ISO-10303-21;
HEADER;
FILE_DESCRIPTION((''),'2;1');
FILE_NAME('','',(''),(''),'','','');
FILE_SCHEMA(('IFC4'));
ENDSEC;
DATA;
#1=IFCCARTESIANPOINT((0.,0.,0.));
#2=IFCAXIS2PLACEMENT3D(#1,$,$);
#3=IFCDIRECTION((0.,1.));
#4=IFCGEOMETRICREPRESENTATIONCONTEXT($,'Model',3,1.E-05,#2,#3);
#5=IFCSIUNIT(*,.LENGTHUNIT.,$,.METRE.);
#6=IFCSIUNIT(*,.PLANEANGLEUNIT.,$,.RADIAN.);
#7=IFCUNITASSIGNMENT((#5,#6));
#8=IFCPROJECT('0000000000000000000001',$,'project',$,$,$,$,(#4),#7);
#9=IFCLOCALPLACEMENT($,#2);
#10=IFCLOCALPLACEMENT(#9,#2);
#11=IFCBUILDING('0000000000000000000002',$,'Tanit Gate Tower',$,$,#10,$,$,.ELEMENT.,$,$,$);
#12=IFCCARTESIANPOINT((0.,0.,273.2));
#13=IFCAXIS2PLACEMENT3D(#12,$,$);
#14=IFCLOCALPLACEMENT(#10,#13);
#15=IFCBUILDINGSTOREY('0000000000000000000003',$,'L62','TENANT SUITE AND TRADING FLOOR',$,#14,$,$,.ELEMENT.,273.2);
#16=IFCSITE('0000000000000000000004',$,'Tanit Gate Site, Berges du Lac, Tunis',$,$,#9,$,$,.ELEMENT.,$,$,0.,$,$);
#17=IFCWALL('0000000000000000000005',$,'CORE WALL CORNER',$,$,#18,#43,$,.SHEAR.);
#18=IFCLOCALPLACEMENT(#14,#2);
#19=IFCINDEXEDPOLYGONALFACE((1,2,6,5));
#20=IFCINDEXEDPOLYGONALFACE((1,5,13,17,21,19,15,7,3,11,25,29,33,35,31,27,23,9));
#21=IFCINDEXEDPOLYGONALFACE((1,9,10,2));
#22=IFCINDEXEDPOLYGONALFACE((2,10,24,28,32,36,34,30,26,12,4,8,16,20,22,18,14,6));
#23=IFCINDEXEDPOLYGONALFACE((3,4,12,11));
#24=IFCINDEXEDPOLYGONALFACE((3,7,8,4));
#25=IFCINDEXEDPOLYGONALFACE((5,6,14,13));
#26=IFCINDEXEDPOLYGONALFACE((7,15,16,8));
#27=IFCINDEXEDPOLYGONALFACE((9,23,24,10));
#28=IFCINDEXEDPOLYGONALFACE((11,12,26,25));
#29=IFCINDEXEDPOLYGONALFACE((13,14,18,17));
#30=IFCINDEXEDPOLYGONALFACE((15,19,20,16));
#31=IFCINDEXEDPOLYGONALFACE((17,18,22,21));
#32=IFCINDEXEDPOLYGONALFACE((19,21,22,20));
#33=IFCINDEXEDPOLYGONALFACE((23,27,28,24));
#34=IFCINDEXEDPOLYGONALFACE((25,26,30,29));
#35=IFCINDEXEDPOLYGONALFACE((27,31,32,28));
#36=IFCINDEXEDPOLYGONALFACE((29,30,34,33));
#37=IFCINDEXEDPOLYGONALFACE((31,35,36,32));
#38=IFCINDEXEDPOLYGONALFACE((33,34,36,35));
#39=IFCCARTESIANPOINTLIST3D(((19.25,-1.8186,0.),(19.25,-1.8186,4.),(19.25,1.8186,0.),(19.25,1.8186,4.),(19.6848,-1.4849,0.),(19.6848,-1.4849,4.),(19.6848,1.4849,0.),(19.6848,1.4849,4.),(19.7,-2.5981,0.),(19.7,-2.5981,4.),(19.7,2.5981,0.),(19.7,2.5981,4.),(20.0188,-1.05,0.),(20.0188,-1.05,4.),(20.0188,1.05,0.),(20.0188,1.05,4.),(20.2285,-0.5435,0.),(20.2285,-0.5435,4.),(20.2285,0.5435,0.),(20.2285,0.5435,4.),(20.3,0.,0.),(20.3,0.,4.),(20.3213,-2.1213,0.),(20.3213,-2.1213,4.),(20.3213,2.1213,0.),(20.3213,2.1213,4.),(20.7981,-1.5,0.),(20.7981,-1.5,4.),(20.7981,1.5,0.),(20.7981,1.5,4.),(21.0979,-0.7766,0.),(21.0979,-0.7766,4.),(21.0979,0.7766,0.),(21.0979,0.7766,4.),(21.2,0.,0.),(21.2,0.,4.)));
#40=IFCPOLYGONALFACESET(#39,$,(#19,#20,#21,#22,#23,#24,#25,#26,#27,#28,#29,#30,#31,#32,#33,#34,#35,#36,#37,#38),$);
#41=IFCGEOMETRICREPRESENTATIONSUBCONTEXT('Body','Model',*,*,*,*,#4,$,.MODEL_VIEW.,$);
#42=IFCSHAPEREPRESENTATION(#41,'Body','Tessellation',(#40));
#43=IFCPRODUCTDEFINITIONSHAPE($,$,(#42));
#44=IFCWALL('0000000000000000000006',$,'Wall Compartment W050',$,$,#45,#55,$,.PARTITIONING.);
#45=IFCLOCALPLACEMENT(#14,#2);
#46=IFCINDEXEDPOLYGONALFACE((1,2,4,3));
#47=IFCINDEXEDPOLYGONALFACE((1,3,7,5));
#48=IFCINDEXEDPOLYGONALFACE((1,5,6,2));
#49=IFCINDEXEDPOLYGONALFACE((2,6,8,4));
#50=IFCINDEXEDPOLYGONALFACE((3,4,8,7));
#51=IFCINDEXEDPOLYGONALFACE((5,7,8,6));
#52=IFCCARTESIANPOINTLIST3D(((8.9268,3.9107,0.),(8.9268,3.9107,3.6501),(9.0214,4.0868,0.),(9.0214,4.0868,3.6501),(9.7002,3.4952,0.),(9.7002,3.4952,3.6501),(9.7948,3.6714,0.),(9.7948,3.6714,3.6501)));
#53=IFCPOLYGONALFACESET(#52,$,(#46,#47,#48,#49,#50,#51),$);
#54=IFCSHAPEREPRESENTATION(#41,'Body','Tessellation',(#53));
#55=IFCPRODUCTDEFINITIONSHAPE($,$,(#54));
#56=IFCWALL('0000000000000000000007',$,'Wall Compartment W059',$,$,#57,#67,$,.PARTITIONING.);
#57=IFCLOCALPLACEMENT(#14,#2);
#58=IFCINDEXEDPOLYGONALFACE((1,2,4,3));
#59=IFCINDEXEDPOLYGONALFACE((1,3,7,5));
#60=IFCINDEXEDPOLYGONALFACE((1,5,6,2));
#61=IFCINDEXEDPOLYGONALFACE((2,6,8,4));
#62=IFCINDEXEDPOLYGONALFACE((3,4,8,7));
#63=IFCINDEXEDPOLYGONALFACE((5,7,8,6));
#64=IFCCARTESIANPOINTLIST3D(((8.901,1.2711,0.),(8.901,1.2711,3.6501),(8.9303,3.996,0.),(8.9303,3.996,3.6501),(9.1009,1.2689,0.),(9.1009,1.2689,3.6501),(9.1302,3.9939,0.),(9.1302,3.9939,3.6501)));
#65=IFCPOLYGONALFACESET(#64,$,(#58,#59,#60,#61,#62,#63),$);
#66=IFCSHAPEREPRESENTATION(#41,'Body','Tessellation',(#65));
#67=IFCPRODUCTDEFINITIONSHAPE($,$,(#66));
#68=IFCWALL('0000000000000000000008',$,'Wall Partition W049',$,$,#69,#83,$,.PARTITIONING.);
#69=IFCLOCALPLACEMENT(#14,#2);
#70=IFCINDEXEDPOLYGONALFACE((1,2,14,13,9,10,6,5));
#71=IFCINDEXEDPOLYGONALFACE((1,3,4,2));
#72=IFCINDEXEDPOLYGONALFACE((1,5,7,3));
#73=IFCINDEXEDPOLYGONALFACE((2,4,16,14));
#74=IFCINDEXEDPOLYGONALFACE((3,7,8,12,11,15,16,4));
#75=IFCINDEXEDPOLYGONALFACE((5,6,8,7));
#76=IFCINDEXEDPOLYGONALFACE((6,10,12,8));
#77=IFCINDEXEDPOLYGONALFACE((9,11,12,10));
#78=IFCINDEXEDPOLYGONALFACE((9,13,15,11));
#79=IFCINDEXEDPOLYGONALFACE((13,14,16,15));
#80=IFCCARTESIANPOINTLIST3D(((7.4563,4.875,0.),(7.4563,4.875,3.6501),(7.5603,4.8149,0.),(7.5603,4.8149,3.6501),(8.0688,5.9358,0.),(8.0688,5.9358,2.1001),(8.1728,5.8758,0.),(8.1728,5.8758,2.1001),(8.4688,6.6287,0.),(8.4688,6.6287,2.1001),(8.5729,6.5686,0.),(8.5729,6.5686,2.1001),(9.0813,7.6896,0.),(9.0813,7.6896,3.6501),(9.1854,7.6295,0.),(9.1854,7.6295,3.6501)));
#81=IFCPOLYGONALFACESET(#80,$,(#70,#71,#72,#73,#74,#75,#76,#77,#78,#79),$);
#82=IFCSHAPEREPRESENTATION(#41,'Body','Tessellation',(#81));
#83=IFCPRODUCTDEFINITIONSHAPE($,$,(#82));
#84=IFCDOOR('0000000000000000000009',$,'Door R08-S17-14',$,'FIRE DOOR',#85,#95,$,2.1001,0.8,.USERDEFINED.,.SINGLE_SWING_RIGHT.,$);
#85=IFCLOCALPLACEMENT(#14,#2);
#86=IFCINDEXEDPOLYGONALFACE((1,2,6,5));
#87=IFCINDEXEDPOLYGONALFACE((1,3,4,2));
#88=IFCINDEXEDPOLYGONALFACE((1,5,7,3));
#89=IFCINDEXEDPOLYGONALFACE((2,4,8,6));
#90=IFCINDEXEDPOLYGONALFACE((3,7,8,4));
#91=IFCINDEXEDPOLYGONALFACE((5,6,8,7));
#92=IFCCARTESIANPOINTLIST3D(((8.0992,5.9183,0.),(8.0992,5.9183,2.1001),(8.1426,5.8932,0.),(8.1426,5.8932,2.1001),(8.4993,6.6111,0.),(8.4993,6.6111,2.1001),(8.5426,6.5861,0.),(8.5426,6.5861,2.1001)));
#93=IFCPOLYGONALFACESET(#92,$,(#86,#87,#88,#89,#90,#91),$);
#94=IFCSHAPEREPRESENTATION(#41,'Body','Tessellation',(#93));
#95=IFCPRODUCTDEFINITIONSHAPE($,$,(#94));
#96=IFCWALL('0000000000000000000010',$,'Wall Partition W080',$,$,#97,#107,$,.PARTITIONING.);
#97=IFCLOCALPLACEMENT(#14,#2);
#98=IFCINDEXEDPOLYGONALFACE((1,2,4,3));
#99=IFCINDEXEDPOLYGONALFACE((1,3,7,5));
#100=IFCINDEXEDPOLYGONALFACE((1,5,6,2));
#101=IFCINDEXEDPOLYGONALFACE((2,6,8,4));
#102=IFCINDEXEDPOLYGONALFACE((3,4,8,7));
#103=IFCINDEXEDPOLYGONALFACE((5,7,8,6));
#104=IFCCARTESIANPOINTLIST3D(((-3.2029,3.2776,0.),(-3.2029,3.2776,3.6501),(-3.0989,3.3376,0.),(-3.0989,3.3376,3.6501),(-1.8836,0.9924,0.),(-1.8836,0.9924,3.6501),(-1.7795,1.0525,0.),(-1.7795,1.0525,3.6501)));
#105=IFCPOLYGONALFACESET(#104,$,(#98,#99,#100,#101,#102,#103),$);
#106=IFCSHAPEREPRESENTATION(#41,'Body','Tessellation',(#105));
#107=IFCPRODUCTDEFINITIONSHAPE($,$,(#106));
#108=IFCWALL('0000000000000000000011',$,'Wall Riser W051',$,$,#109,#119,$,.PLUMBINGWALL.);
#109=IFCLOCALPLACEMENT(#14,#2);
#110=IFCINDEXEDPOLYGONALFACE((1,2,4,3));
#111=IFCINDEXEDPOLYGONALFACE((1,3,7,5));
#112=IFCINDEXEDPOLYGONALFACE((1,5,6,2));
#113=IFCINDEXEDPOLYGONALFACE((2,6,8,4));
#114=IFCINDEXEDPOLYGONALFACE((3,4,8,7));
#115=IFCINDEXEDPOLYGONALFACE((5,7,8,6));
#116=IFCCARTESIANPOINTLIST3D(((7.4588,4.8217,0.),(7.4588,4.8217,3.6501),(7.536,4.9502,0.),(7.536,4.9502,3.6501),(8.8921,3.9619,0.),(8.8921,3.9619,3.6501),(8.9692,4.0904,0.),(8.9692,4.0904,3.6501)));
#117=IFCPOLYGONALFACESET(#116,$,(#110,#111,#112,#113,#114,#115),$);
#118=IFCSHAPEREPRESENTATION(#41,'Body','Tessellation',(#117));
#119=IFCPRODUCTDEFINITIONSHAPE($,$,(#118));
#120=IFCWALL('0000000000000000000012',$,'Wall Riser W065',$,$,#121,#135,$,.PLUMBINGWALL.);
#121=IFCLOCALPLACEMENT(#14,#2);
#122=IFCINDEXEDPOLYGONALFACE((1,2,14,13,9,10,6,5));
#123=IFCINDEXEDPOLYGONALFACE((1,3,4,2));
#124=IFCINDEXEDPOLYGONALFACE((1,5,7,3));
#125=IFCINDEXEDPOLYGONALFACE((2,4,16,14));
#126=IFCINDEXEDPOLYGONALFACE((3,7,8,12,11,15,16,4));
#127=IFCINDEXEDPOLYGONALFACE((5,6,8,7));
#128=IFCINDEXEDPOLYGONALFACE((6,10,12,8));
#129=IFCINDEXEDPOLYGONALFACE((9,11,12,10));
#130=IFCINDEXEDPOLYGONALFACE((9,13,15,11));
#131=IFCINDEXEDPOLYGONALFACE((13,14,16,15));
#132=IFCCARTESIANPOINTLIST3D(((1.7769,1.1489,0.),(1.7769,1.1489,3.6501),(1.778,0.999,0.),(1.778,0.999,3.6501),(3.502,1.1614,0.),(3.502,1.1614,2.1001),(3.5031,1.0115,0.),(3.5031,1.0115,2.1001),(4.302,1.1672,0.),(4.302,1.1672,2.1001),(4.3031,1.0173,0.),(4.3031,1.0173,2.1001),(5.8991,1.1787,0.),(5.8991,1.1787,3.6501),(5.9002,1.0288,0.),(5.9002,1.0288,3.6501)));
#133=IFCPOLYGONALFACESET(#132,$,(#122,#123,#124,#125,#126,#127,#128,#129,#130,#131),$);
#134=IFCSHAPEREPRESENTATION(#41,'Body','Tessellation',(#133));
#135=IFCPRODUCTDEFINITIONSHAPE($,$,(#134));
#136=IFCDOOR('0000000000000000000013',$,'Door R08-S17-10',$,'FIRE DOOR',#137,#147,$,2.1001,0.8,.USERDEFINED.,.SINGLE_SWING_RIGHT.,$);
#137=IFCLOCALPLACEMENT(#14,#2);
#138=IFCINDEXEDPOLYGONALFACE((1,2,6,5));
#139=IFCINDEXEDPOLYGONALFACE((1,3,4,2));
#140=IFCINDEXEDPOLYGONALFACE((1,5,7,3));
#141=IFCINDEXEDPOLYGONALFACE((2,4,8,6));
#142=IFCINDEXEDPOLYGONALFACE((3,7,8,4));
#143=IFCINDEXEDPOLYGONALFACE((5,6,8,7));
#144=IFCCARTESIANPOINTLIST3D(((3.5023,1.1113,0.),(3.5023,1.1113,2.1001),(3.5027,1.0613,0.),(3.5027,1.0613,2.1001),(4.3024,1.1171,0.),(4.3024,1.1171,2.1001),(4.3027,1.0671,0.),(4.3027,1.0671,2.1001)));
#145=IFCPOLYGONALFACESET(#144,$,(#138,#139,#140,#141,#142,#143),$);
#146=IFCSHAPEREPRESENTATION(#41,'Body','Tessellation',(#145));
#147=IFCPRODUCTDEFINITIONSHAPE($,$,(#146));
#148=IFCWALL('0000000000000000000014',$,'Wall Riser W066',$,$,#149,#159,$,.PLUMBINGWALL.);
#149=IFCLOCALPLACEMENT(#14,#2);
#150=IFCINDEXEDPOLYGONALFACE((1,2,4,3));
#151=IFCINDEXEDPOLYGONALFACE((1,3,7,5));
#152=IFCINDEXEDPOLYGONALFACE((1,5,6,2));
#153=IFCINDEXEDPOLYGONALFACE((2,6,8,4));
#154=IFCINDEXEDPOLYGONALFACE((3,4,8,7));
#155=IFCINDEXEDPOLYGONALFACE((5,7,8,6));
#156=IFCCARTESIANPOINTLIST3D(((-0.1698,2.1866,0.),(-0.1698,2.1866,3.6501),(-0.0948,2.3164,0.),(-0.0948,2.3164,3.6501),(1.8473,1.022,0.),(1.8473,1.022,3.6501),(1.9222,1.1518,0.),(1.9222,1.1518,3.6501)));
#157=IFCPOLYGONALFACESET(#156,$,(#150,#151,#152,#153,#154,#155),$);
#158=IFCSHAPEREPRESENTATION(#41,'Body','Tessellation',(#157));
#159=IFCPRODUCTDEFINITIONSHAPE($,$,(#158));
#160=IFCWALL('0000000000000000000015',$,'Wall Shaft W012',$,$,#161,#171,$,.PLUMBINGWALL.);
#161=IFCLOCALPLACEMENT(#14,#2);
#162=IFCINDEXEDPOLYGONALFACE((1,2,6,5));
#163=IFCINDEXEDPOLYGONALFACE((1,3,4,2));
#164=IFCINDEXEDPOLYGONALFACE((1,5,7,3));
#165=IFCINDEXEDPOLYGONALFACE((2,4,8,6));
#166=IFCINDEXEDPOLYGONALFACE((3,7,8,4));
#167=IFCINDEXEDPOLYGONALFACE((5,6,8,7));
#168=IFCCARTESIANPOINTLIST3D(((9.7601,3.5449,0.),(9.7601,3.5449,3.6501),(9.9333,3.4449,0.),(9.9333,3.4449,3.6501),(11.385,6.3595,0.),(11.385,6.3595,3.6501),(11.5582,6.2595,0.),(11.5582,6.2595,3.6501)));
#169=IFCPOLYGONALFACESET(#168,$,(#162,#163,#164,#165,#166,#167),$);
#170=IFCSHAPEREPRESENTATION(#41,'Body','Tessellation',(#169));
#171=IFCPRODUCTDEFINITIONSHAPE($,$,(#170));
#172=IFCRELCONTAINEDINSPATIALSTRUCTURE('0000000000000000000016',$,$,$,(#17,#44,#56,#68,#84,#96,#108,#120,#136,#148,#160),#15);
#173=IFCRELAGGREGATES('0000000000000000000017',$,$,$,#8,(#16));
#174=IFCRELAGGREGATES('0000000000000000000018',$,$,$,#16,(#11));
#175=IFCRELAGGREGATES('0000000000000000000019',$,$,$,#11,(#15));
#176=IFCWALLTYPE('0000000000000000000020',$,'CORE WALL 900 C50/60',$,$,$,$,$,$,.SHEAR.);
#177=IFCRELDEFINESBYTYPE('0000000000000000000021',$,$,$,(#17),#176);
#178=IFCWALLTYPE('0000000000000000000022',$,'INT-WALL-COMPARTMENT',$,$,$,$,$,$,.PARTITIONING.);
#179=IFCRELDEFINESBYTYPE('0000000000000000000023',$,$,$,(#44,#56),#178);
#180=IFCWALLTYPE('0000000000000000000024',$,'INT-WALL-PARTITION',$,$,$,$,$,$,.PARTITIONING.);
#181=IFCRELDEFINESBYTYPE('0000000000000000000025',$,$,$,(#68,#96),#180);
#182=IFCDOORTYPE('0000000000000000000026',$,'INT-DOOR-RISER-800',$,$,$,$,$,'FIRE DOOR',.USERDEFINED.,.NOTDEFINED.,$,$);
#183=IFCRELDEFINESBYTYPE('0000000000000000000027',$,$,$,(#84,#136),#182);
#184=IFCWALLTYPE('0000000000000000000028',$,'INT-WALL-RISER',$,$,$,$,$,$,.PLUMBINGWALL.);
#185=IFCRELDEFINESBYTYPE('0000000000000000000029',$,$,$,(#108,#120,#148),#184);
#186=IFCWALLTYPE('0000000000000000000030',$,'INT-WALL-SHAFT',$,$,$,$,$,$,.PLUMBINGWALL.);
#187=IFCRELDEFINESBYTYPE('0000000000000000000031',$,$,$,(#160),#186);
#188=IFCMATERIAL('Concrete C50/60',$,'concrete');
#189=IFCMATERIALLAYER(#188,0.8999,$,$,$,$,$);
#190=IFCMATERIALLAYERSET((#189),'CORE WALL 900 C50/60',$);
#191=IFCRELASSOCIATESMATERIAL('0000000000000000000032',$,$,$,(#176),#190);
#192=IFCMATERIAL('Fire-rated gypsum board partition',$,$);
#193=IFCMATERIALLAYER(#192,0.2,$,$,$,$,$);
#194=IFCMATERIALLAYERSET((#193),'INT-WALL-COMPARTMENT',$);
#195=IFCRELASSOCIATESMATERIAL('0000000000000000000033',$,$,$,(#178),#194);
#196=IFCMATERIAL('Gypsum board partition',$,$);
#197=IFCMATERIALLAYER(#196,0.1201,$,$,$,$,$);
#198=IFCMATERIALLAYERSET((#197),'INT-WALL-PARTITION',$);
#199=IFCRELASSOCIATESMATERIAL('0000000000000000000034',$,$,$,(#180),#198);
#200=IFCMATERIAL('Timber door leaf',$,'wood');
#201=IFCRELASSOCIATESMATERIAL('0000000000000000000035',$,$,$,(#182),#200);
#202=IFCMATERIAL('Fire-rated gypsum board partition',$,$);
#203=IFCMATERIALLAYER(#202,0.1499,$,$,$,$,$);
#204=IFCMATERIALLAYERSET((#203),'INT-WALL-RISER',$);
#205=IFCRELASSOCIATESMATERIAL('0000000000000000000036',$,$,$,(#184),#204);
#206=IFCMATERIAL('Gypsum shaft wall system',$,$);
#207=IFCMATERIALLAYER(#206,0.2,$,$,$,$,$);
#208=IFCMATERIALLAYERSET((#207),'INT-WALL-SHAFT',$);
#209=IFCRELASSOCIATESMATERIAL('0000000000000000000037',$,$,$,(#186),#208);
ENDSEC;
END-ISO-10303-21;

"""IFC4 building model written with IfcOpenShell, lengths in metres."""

from ifc_helpers import new_model, si_unit, direction, frame, frame_2d, origin, place, context, subcontext, project, spatial, polyline, rectangle, outline, extrude, material, layer, layer_set, type_object, element, fill, save


model = new_model("IFC4")

# Units and contexts
model_context = context("Model", 3, precision=1e-05, world=origin(), true_north=direction((0.0, 1.0)))
body_context = subcontext(model_context, "Body", "Model", "MODEL_VIEW")
ifc_project = project(units=[si_unit("LENGTHUNIT", "METRE"), si_unit("PLANEANGLEUNIT", "RADIAN")], contexts=[model_context])

# Site, building, storey
site_placement = place(None, origin())
site = spatial("IfcSite", under=ifc_project, at=site_placement, Name="Tanit Gate Site, Berges du Lac, Tunis", CompositionType="ELEMENT", RefElevation=0.0)
building_placement = place(site_placement, origin())
building = spatial("IfcBuilding", under=site, at=building_placement, Name="Tanit Gate Tower", CompositionType="ELEMENT")
storey_placement = place(building_placement, frame((0.0, 0.0, 273.2)))
storey = spatial("IfcBuildingStorey", under=building, at=storey_placement, Name="L62", Description="TENANT SUITE AND TRADING FLOOR", CompositionType="ELEMENT", Elevation=273.2)

# Walls
ifc_material_1 = material(Name="Concrete C50/60", Category="concrete")
ifc_layer_1 = layer(ifc_material_1, 0.8999)
ifc_layer_set_1 = layer_set([ifc_layer_1], Name="CORE WALL 900 C50/60")
wall_type_1 = type_object("IfcWallType", Name="CORE WALL 900 C50/60", PredefinedType="SHEAR", material=ifc_layer_set_1)
wall_1_placement = place(storey_placement, origin())
element("IfcWall", 1, at=wall_1_placement, inside=storey, type_object=wall_type_1, Name="CORE WALL CORNER", PredefinedType="SHEAR", context=body_context, shape_type="SweptSolid", body=[
    extrude(outline(polyline([(19.7, -2.5981), (20.3213, -2.1213), (20.7981, -1.5), (21.0979, -0.7766), (21.2, 0.0), (21.0979, 0.7766), (20.7981, 1.5), (20.3213, 2.1213), (19.7, 2.5981), (19.25, 1.8186), (19.6848, 1.4849), (20.0188, 1.05), (20.2285, 0.5435), (20.3, 0.0), (20.2285, -0.5435), (20.0188, -1.05), (19.6848, -1.4849), (19.25, -1.8186), (19.7, -2.5981)])), origin(), (0.0, 0.0, 1.0), 4.0),
])
ifc_material_2 = material(Name="Fire-rated gypsum board partition")
ifc_layer_2 = layer(ifc_material_2, 0.2)
ifc_layer_set_2 = layer_set([ifc_layer_2], Name="INT-WALL-COMPARTMENT")
wall_type_2 = type_object("IfcWallType", Name="INT-WALL-COMPARTMENT", PredefinedType="PARTITIONING", material=ifc_layer_set_2)
wall_2_placement = place(storey_placement, frame((8.9741, 3.9988, 0.0), z_axis=(0.0, 0.0, 1.0), x_axis=(0.880917, -0.473271, 0.0)))
element("IfcWall", 2, at=wall_2_placement, inside=storey, type_object=wall_type_2, Name="Wall Compartment W050", PredefinedType="PARTITIONING", context=body_context, shape_type="SweptSolid", body=[
    extrude(rectangle(XDim=0.8779, YDim=0.2, at=frame_2d((0.439, 0.0))), origin(), (0.0, 0.0, 1.0), 3.6501),
])
wall_3_placement = place(storey_placement, frame((9.001, 1.27, 0.0), z_axis=(0.0, 0.0, 1.0), x_axis=(0.010751, 0.999942, 0.0)))
element("IfcWall", 3, at=wall_3_placement, inside=storey, type_object=wall_type_2, Name="Wall Compartment W059", PredefinedType="PARTITIONING", context=body_context, shape_type="SweptSolid", body=[
    extrude(rectangle(XDim=2.7251, YDim=0.2, at=frame_2d((1.3625, 0.0))), origin(), (0.0, 0.0, 1.0), 3.6501),
])

# Wall, opening, door
ifc_material_3 = material(Name="Gypsum board partition")
ifc_layer_3 = layer(ifc_material_3, 0.1201)
ifc_layer_set_3 = layer_set([ifc_layer_3], Name="INT-WALL-PARTITION")
wall_type_3 = type_object("IfcWallType", Name="INT-WALL-PARTITION", PredefinedType="PARTITIONING", material=ifc_layer_set_3)
wall_4_placement = place(storey_placement, frame((7.5083, 4.845, 0.0), z_axis=(0.0, 0.0, 1.0), x_axis=(0.500017, 0.866015, 0.0)))
wall_4 = element("IfcWall", 4, at=wall_4_placement, inside=storey, type_object=wall_type_3, Name="Wall Partition W049", PredefinedType="PARTITIONING", context=body_context, shape_type="SweptSolid", body=[
    extrude(rectangle(XDim=3.25, YDim=0.1201, at=frame_2d((1.625, 0.0))), origin(), (0.0, 0.0, 1.0), 3.6501),
])
opening_1_placement = place(wall_4_placement, frame((1.2251, 0.0, 0.0)))
opening_1 = element("IfcOpeningElement", 5, at=opening_1_placement, cuts=wall_4, PredefinedType="OPENING", context=body_context, shape_type="SweptSolid", body=[
    extrude(rectangle(XDim=0.8, YDim=2.1001, at=frame_2d((0.3999, 1.05))), frame((0.0, 0.0701, 0.0), z_axis=(0.0, -1.0, 0.0), x_axis=(1.0, 0.0, 0.0)), (0.0, 0.0, 1.0), 0.1401),
])
ifc_material_4 = material(Name="Timber door leaf", Category="wood")
door_type_1 = type_object("IfcDoorType", Name="INT-DOOR-RISER-800", ElementType="FIRE DOOR", OperationType="NOTDEFINED", PredefinedType="USERDEFINED", material=ifc_material_4)
door_1_placement = place(opening_1_placement, origin())
door_1 = element("IfcDoor", 6, at=door_1_placement, inside=storey, type_object=door_type_1, Name="Door R08-S17-14", ObjectType="FIRE DOOR", OperationType="SINGLE_SWING_RIGHT", OverallHeight=2.1001, OverallWidth=0.8, PredefinedType="USERDEFINED", context=body_context, shape_type="SweptSolid", body=[
    extrude(rectangle(XDim=0.8, YDim=2.1001, at=frame_2d((0.3999, 1.05))), frame((0.0, 0.0249, 0.0), z_axis=(0.0, -1.0, 0.0), x_axis=(1.0, 0.0, 0.0)), (0.0, 0.0, 1.0), 0.05),
])
fill(opening_1, door_1)

# Walls
wall_5_placement = place(storey_placement, frame((-1.8315, 1.0225, 0.0), z_axis=(0.0, 0.0, 1.0), x_axis=(-0.5, 0.866025, 0.0)))
element("IfcWall", 7, at=wall_5_placement, inside=storey, type_object=wall_type_3, Name="Wall Partition W080", PredefinedType="PARTITIONING", context=body_context, shape_type="SweptSolid", body=[
    extrude(rectangle(XDim=2.6387, YDim=0.1201, at=frame_2d((1.3193, 0.0))), origin(), (0.0, 0.0, 1.0), 3.6501),
])
ifc_material_5 = material(Name="Fire-rated gypsum board partition")
ifc_layer_4 = layer(ifc_material_5, 0.1499)
ifc_layer_set_4 = layer_set([ifc_layer_4], Name="INT-WALL-RISER")
wall_type_4 = type_object("IfcWallType", Name="INT-WALL-RISER", PredefinedType="PLUMBINGWALL", material=ifc_layer_set_4)
wall_6_placement = place(storey_placement, frame((8.9307, 4.0261, 0.0), z_axis=(0.0, 0.0, 1.0), x_axis=(-0.857532, 0.514431, 0.0)))
element("IfcWall", 8, at=wall_6_placement, inside=storey, type_object=wall_type_4, Name="Wall Riser W051", PredefinedType="PLUMBINGWALL", context=body_context, shape_type="SweptSolid", body=[
    extrude(rectangle(XDim=1.6714, YDim=0.1499, at=frame_2d((0.8357, 0.0))), origin(), (0.0, 0.0, 1.0), 3.6501),
])

# Wall, opening, door
wall_7_placement = place(storey_placement, frame((1.7776, 1.074, 0.0), z_axis=(0.0, 0.0, 1.0), x_axis=(0.999974, 0.007225, 0.0)))
wall_7 = element("IfcWall", 9, at=wall_7_placement, inside=storey, type_object=wall_type_4, Name="Wall Riser W065", PredefinedType="PLUMBINGWALL", context=body_context, shape_type="SweptSolid", body=[
    extrude(rectangle(XDim=4.1223, YDim=0.1499, at=frame_2d((2.061, 0.0))), origin(), (0.0, 0.0, 1.0), 3.6501),
])
opening_2_placement = place(wall_7_placement, frame((1.7251, 0.0, 0.0)))
opening_2 = element("IfcOpeningElement", 10, at=opening_2_placement, cuts=wall_7, PredefinedType="OPENING", context=body_context, shape_type="SweptSolid", body=[
    extrude(rectangle(XDim=0.8, YDim=2.1001, at=frame_2d((0.3999, 1.05))), frame((0.0, 0.085, 0.0), z_axis=(0.0, -1.0, 0.0), x_axis=(1.0, 0.0, 0.0)), (0.0, 0.0, 1.0), 0.1699),
])
door_2_placement = place(opening_2_placement, origin())
door_2 = element("IfcDoor", 11, at=door_2_placement, inside=storey, type_object=door_type_1, Name="Door R08-S17-10", ObjectType="FIRE DOOR", OperationType="SINGLE_SWING_RIGHT", OverallHeight=2.1001, OverallWidth=0.8, PredefinedType="USERDEFINED", context=body_context, shape_type="SweptSolid", body=[
    extrude(rectangle(XDim=0.8, YDim=2.1001, at=frame_2d((0.3999, 1.05))), frame((0.0, 0.0249, 0.0), z_axis=(0.0, -1.0, 0.0), x_axis=(1.0, 0.0, 0.0)), (0.0, 0.0, 1.0), 0.05),
])
fill(opening_2, door_2)

# Walls
wall_8_placement = place(storey_placement, frame((-0.1323, 2.2515, 0.0), z_axis=(0.0, 0.0, 1.0), x_axis=(0.866028, -0.499995, 0.0)))
element("IfcWall", 12, at=wall_8_placement, inside=storey, type_object=wall_type_4, Name="Wall Riser W066", PredefinedType="PLUMBINGWALL", context=body_context, shape_type="SweptSolid", body=[
    extrude(rectangle(XDim=2.3291, YDim=0.1499, at=frame_2d((1.1646, 0.0))), origin(), (0.0, 0.0, 1.0), 3.6501),
])
ifc_material_6 = material(Name="Gypsum shaft wall system")
ifc_layer_5 = layer(ifc_material_6, 0.2)
ifc_layer_set_5 = layer_set([ifc_layer_5], Name="INT-WALL-SHAFT")
wall_type_5 = type_object("IfcWallType", Name="INT-WALL-SHAFT", PredefinedType="PLUMBINGWALL", material=ifc_layer_set_5)
wall_9_placement = place(storey_placement, frame((9.8467, 3.4949, 0.0), z_axis=(0.0, 0.0, 1.0), x_axis=(0.499985, 0.866034, 0.0)))
element("IfcWall", 13, at=wall_9_placement, inside=storey, type_object=wall_type_5, Name="Wall Shaft W012", PredefinedType="PLUMBINGWALL", context=body_context, shape_type="SweptSolid", body=[
    extrude(rectangle(XDim=3.25, YDim=0.2, at=frame_2d((1.625, 0.0))), origin(), (0.0, 0.0, 1.0), 3.6501),
])

save(model, "model.ifc")
